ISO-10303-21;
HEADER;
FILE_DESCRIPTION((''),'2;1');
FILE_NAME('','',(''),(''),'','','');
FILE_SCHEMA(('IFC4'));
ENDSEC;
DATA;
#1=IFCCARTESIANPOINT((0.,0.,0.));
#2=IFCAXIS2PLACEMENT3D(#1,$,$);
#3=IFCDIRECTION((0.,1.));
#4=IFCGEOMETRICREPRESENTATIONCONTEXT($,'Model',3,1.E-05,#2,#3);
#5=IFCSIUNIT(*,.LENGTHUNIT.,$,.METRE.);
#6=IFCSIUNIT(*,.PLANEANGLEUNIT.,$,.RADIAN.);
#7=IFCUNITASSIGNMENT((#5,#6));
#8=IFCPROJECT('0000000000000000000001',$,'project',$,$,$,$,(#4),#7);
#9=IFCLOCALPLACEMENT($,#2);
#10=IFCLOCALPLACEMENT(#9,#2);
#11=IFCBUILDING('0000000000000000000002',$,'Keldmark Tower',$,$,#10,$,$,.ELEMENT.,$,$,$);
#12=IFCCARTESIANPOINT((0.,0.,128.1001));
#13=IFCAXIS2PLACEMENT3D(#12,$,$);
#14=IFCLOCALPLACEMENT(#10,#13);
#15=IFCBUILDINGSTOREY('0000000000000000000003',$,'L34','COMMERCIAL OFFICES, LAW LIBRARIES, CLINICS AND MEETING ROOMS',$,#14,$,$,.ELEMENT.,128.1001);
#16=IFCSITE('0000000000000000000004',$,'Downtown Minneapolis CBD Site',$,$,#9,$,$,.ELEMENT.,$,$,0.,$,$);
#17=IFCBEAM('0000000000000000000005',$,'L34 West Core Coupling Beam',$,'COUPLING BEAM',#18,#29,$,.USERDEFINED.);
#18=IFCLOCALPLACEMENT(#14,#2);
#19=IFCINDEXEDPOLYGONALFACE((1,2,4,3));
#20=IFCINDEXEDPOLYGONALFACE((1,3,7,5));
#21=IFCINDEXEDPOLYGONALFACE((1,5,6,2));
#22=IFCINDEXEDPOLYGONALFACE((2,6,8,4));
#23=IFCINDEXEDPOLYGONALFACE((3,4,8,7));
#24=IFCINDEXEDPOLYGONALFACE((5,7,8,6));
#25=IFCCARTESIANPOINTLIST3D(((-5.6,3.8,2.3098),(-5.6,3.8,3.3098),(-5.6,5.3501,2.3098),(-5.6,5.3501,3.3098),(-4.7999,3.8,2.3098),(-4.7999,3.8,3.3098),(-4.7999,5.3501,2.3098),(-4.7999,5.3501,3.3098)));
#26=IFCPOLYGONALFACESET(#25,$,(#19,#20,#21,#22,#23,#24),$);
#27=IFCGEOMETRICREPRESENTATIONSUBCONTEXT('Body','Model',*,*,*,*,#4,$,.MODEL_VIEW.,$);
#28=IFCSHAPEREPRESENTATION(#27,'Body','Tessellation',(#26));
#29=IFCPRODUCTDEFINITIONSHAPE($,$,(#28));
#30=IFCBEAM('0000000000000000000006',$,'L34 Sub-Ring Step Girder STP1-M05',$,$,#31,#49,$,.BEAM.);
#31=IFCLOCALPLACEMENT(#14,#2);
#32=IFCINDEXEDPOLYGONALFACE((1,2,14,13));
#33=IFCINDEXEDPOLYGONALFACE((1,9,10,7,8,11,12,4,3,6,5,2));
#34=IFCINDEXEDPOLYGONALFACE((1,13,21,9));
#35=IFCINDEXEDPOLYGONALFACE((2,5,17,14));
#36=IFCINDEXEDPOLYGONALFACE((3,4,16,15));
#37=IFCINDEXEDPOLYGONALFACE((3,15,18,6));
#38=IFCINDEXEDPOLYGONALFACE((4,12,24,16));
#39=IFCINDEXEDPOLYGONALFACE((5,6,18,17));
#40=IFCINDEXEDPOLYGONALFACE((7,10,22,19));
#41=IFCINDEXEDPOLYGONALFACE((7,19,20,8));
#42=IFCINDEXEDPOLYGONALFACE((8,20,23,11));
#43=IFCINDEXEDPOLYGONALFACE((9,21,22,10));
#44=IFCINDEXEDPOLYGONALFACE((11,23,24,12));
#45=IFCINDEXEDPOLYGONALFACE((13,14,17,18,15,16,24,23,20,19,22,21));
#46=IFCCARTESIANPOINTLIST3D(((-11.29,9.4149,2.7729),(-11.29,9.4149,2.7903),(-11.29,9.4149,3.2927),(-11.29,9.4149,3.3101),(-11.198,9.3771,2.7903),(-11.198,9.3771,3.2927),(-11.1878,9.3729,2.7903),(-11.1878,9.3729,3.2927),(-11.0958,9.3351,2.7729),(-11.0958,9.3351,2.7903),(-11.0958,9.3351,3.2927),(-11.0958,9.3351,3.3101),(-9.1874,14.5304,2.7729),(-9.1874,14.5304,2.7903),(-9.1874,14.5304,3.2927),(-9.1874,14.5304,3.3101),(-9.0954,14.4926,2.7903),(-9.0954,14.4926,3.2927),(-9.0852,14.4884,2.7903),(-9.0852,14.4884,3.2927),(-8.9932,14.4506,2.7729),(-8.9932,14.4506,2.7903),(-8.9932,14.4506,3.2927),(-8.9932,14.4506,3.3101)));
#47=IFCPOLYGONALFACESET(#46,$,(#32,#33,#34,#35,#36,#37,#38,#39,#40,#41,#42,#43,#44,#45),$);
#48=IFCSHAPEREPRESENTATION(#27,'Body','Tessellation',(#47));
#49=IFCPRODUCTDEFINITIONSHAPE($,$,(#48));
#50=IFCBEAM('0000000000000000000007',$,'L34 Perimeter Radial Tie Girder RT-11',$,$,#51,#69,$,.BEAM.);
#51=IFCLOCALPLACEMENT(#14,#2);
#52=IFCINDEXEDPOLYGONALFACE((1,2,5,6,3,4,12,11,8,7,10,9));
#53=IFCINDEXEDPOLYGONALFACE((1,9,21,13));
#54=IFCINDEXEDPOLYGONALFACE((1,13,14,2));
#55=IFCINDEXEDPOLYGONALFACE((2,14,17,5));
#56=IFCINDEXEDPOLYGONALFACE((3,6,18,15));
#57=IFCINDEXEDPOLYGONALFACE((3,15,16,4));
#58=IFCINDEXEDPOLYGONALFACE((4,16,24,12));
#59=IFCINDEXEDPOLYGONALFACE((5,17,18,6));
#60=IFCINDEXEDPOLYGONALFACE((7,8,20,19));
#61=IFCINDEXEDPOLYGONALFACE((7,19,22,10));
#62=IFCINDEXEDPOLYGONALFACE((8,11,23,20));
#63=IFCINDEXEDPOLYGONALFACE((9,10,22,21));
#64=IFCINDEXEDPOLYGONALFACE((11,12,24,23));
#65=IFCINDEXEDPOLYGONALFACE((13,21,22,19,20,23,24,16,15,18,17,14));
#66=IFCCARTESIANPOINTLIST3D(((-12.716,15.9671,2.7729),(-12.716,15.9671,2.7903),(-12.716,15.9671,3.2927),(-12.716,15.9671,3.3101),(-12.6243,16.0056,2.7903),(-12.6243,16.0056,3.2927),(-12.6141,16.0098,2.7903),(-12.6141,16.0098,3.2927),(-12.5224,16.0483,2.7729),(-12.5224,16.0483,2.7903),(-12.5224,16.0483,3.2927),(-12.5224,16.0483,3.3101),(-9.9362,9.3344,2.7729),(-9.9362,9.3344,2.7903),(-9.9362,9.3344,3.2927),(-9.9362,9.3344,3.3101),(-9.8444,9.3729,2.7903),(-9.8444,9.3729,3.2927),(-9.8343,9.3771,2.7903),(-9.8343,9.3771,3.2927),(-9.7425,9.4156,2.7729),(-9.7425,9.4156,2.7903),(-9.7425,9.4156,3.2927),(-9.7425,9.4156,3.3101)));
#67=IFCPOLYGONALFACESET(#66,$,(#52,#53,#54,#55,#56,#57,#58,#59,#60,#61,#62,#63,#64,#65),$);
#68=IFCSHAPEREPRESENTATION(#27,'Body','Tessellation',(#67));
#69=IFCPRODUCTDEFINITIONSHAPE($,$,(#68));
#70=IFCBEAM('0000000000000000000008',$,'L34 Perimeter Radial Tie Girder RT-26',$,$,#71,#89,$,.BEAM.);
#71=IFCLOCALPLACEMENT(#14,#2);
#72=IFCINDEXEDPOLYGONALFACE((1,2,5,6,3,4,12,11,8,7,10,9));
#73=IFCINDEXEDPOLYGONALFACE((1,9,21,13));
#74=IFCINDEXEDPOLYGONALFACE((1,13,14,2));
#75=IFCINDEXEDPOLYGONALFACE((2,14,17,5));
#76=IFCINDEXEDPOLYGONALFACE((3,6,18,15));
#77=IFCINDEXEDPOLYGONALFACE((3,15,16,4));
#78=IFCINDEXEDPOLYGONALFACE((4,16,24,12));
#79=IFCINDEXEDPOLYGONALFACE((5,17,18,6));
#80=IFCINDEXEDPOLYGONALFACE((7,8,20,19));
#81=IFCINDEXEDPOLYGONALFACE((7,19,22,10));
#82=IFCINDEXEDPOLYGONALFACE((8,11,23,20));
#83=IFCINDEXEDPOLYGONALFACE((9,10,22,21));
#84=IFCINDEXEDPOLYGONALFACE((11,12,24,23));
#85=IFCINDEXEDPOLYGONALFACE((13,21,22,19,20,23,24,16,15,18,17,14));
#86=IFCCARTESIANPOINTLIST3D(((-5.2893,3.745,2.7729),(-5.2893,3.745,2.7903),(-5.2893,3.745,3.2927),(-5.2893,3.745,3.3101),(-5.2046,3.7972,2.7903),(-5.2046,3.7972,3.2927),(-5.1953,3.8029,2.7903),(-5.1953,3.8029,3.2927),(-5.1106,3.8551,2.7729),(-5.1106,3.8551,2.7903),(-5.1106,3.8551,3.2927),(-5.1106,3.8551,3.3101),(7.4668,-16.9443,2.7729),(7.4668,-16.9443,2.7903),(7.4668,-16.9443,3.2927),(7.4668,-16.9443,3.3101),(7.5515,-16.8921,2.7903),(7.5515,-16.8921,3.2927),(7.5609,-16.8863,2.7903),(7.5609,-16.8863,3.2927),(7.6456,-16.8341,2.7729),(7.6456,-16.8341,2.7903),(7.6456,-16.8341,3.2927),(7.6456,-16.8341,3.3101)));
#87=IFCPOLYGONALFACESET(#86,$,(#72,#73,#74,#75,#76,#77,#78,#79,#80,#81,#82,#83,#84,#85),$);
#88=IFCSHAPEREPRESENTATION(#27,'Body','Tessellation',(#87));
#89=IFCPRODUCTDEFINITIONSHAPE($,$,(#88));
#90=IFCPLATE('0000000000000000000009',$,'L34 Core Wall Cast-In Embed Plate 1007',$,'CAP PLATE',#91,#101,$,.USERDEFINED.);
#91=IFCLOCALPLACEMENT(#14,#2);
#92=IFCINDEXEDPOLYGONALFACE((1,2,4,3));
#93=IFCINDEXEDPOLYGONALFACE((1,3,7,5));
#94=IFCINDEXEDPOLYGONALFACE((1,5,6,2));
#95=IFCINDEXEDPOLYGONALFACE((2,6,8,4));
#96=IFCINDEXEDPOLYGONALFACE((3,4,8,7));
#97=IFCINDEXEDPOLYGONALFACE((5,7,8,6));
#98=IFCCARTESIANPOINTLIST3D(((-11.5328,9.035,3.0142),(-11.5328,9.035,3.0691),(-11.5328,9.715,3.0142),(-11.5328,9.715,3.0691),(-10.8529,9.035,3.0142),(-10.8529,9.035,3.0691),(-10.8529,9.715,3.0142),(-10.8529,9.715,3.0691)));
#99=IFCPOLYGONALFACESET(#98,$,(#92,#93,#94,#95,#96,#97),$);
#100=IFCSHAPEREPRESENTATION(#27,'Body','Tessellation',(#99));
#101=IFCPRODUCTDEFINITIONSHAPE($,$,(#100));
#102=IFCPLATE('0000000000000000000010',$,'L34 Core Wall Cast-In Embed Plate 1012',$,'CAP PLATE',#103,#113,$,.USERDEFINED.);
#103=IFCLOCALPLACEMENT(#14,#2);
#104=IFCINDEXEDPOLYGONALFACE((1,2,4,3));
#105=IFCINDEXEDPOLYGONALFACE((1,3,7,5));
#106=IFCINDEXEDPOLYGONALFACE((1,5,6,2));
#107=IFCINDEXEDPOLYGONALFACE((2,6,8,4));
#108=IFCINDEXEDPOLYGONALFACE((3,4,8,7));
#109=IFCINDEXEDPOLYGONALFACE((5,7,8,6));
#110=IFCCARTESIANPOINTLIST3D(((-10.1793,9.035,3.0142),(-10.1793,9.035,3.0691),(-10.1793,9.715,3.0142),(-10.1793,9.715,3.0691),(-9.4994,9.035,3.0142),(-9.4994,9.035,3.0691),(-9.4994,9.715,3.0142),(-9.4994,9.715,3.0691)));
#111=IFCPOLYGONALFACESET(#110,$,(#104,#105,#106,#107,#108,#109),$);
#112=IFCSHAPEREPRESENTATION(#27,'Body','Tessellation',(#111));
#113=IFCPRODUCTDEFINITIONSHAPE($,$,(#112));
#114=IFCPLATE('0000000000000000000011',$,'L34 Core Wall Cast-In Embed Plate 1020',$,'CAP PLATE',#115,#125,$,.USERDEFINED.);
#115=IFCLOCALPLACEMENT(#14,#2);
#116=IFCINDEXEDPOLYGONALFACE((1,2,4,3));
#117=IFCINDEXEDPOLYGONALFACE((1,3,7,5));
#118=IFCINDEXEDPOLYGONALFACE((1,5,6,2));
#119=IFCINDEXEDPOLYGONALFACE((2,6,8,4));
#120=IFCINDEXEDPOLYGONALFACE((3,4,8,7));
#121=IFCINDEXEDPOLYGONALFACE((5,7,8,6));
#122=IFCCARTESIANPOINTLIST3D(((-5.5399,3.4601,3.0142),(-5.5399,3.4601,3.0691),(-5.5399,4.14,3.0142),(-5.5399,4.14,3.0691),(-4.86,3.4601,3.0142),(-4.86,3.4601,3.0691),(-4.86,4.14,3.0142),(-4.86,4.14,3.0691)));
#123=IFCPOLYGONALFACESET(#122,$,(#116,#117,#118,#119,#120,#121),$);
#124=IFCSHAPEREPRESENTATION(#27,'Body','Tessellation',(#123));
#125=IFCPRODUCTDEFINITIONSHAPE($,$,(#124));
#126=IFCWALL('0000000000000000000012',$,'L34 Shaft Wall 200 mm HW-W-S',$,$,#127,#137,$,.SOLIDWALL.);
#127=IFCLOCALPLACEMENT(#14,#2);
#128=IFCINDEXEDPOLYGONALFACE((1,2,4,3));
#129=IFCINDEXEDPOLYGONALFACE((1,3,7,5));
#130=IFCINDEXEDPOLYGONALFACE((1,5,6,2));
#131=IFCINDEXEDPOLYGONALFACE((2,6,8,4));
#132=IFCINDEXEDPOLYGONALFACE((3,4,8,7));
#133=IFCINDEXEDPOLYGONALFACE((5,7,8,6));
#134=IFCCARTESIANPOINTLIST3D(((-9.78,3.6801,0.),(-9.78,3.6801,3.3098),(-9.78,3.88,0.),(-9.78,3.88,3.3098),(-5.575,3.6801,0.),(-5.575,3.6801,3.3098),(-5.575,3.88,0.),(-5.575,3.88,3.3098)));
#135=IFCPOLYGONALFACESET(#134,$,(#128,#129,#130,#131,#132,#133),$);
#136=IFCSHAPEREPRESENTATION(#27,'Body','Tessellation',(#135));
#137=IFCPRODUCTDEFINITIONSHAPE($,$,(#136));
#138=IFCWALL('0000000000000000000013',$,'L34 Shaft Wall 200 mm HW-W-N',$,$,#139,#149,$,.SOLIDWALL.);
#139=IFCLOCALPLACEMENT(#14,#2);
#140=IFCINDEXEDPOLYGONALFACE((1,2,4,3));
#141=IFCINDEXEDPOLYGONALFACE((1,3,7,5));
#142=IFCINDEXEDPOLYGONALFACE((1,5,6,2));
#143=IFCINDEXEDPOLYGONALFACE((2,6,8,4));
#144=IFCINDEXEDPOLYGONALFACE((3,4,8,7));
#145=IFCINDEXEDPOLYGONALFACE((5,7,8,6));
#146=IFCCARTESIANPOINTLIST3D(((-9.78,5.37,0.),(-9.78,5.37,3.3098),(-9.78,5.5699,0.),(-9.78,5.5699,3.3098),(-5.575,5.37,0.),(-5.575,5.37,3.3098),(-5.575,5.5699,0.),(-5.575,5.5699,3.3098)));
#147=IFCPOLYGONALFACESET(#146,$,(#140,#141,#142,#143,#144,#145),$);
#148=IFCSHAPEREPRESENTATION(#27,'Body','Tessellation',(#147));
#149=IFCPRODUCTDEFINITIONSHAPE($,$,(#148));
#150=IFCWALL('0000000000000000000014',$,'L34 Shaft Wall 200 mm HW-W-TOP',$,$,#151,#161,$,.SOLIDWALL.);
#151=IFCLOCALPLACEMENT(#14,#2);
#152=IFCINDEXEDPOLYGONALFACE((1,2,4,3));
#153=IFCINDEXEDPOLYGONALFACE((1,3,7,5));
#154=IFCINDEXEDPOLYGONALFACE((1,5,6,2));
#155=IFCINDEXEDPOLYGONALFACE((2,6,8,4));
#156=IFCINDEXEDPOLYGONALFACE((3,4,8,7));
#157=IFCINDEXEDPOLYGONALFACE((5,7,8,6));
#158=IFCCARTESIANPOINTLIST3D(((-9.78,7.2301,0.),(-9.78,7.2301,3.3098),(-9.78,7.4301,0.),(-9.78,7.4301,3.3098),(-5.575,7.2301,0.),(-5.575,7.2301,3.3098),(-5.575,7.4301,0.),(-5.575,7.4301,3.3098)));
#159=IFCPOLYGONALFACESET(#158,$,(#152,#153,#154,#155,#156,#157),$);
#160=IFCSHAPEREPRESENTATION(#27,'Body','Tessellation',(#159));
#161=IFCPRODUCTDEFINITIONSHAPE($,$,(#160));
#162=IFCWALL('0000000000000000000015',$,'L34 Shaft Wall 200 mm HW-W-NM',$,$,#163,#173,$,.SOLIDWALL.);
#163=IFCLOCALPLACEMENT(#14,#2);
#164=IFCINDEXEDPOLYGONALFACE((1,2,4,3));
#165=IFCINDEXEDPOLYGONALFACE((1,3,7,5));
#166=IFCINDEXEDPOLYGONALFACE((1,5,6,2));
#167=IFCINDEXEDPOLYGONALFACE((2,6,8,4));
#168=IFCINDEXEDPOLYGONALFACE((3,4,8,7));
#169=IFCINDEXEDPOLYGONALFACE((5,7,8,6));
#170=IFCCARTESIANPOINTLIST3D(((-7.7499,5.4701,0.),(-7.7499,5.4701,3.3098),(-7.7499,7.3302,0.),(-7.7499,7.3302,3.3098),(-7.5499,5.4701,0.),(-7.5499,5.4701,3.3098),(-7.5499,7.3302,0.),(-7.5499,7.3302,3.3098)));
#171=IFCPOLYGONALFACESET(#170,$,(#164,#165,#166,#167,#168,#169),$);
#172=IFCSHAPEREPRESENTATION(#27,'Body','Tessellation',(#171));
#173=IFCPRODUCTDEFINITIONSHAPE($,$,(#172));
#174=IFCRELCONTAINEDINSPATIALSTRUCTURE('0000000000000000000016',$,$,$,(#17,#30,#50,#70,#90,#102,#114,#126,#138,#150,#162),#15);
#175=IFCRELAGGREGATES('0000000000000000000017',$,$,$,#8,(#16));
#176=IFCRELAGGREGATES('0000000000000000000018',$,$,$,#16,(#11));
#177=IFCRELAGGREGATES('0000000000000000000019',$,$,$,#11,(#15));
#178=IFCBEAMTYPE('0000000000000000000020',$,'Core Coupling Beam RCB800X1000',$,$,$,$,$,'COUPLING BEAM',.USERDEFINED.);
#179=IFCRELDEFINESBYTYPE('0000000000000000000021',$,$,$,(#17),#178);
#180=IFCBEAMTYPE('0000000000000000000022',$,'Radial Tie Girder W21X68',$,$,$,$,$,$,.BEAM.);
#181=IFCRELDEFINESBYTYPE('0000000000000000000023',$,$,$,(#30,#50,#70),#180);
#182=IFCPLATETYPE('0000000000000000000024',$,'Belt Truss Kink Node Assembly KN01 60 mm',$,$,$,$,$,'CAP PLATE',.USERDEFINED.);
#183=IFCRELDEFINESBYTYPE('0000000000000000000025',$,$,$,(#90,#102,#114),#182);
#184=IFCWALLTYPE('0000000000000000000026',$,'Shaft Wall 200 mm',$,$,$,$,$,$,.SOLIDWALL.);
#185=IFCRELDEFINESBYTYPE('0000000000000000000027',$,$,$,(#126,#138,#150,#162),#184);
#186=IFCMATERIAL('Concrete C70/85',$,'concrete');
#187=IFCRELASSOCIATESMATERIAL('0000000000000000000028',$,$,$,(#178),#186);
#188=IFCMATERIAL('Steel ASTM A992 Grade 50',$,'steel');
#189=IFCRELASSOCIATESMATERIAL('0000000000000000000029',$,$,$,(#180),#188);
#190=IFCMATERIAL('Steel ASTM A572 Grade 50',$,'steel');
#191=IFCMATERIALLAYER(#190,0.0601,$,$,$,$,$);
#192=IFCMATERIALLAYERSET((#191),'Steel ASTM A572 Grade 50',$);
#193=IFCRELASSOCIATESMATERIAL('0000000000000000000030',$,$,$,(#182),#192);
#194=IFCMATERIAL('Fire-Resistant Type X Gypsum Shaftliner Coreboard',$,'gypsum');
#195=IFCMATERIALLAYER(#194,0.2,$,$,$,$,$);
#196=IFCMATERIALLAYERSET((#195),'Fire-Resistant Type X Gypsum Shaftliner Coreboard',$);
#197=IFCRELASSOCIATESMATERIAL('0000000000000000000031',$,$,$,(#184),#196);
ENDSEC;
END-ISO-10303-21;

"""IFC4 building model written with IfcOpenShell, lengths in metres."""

from ifc_helpers import new_model, si_unit, direction, frame, frame_2d, origin, origin_2d, place, context, subcontext, project, spatial, rectangle, i_section, extrude, material, layer, layer_set, material_profile, profile_set, type_object, element, save


model = new_model("IFC4")

# Units and contexts
model_context = context("Model", 3, precision=1e-05, world=origin(), true_north=direction((0.0, 1.0)))
body_context = subcontext(model_context, "Body", "Model", "MODEL_VIEW")
ifc_project = project(units=[si_unit("LENGTHUNIT", "METRE"), si_unit("PLANEANGLEUNIT", "RADIAN")], contexts=[model_context])

# Site, building, storey
site_placement = place(None, origin())
site = spatial("IfcSite", under=ifc_project, at=site_placement, Name="Downtown Minneapolis CBD Site", CompositionType="ELEMENT", RefElevation=0.0)
building_placement = place(site_placement, origin())
building = spatial("IfcBuilding", under=site, at=building_placement, Name="Keldmark Tower", CompositionType="ELEMENT")
storey_placement = place(building_placement, frame((0.0, 0.0, 128.1001)))
storey = spatial("IfcBuildingStorey", under=building, at=storey_placement, Name="L34", Description="COMMERCIAL OFFICES, LAW LIBRARIES, CLINICS AND MEETING ROOMS", CompositionType="ELEMENT", Elevation=128.1001)

# Beams
ifc_material_1 = material(Name="Concrete C70/85", Category="concrete")
ifc_material_profile_1 = material_profile(ifc_material_1, rectangle(XDim=0.8, YDim=1.0, at=origin_2d()), Name="RCB800X1000")
ifc_profile_set_1 = profile_set([ifc_material_profile_1], Name="Concrete C70/85")
beam_type_1 = type_object("IfcBeamType", Name="Core Coupling Beam RCB800X1000", ElementType="COUPLING BEAM", PredefinedType="USERDEFINED", material=ifc_profile_set_1)
beam_1_placement = place(storey_placement, frame((-5.2, 3.8, 2.8098), z_axis=(0.0, 1.0, 0.0), x_axis=(-1.0, 0.0, 0.0)))
element("IfcBeam", 1, at=beam_1_placement, inside=storey, type_object=beam_type_1, Name="L34 West Core Coupling Beam", ObjectType="COUPLING BEAM", PredefinedType="USERDEFINED", context=body_context, shape_type="SweptSolid", body=[
    extrude(rectangle(XDim=0.8, YDim=1.0, at=origin_2d()), origin(), (0.0, 0.0, 1.0), 1.55),
])
ifc_material_2 = material(Name="Steel ASTM A992 Grade 50", Category="steel")
ifc_material_profile_2 = material_profile(ifc_material_2, i_section(OverallWidth=0.21, OverallDepth=0.5371, WebThickness=0.011, FlangeThickness=0.0173, at=origin_2d()), Name="W21X68")
ifc_profile_set_2 = profile_set([ifc_material_profile_2], Name="Steel ASTM A992 Grade 50")
beam_type_2 = type_object("IfcBeamType", Name="Radial Tie Girder W21X68", PredefinedType="BEAM", material=ifc_profile_set_2)
beam_2_placement = place(storey_placement, frame((-11.1929, 9.375, 3.0415), z_axis=(0.380157, 0.924922, 0.0), x_axis=(-0.924922, 0.380157, 0.0)))
element("IfcBeam", 2, at=beam_2_placement, inside=storey, type_object=beam_type_2, Name="L34 Sub-Ring Step Girder STP1-M05", PredefinedType="BEAM", context=body_context, shape_type="SweptSolid", body=[
    extrude(i_section(OverallWidth=0.21, OverallDepth=0.5371, WebThickness=0.011, FlangeThickness=0.0173, at=origin_2d()), origin(), (0.0, 0.0, 1.0), 5.5308),
])
beam_3_placement = place(storey_placement, frame((-9.8394, 9.375, 3.0415), z_axis=(-0.386536, 0.922274, 0.0), x_axis=(-0.922274, -0.386536, 0.0)))
element("IfcBeam", 3, at=beam_3_placement, inside=storey, type_object=beam_type_2, Name="L34 Perimeter Radial Tie Girder RT-11", PredefinedType="BEAM", context=body_context, shape_type="SweptSolid", body=[
    extrude(i_section(OverallWidth=0.21, OverallDepth=0.5371, WebThickness=0.011, FlangeThickness=0.0173, at=origin_2d()), origin(), (0.0, 0.0, 1.0), 7.1917),
])
beam_4_placement = place(storey_placement, frame((-5.2, 3.8, 3.0415), z_axis=(0.524822, -0.851212, 0.0), x_axis=(0.851212, 0.524822, 0.0)))
element("IfcBeam", 4, at=beam_4_placement, inside=storey, type_object=beam_type_2, Name="L34 Perimeter Radial Tie Girder RT-26", PredefinedType="BEAM", context=body_context, shape_type="SweptSolid", body=[
    extrude(i_section(OverallWidth=0.21, OverallDepth=0.5371, WebThickness=0.011, FlangeThickness=0.0173, at=origin_2d()), origin(), (0.0, 0.0, 1.0), 24.3057),
])

# Plates
ifc_material_3 = material(Name="Steel ASTM A572 Grade 50", Category="steel")
ifc_layer_1 = layer(ifc_material_3, 0.0601)
ifc_layer_set_1 = layer_set([ifc_layer_1], Name="Steel ASTM A572 Grade 50")
plate_type = type_object("IfcPlateType", Name="Belt Truss Kink Node Assembly KN01 60 mm", ElementType="CAP PLATE", PredefinedType="USERDEFINED", material=ifc_layer_set_1)
for number, where, z_axis, x_axis, name in (
    (5, (-11.1929, 9.375, 3.0142), (0.0, 0.0, 1.0), (1.0, 0.0, 0.0), "L34 Core Wall Cast-In Embed Plate 1007"),
    (6, (-9.8394, 9.375, 3.0142), (0.0, 0.0, 1.0), (1.0, 0.0, 0.0), "L34 Core Wall Cast-In Embed Plate 1012"),
    (7, (-5.2, 3.8, 3.0142), (0.0, 0.0, 1.0), (1.0, 0.0, 0.0), "L34 Core Wall Cast-In Embed Plate 1020"),
):
    element("IfcPlate", number, at=place(storey_placement, frame(where, z_axis=z_axis, x_axis=x_axis)), inside=storey, type_object=plate_type, Name=name, ObjectType="CAP PLATE", PredefinedType="USERDEFINED", context=body_context, shape_type="SweptSolid", body=[
        extrude(rectangle(XDim=0.6799, YDim=0.6799, at=origin_2d()), origin(), (0.0, 0.0, 1.0), 0.0549),
    ])

# Walls
ifc_material_4 = material(Name="Fire-Resistant Type X Gypsum Shaftliner Coreboard", Category="gypsum")
ifc_layer_2 = layer(ifc_material_4, 0.2)
ifc_layer_set_2 = layer_set([ifc_layer_2], Name="Fire-Resistant Type X Gypsum Shaftliner Coreboard")
wall_type = type_object("IfcWallType", Name="Shaft Wall 200 mm", PredefinedType="SOLIDWALL", material=ifc_layer_set_2)
for number, where, z_axis, x_axis, name in (
    (8, (-9.78, 3.78, 0.0), (0.0, 0.0, 1.0), (1.0, 0.0, 0.0), "L34 Shaft Wall 200 mm HW-W-S"),
    (9, (-9.78, 5.47, 0.0), (0.0, 0.0, 1.0), (1.0, 0.0, 0.0), "L34 Shaft Wall 200 mm HW-W-N"),
    (10, (-9.78, 7.3301, 0.0), (0.0, 0.0, 1.0), (1.0, 0.0, 0.0), "L34 Shaft Wall 200 mm HW-W-TOP"),
):
    element("IfcWall", number, at=place(storey_placement, frame(where, z_axis=z_axis, x_axis=x_axis)), inside=storey, type_object=wall_type, Name=name, PredefinedType="SOLIDWALL", context=body_context, shape_type="SweptSolid", body=[
        extrude(rectangle(XDim=4.2051, YDim=0.2, at=frame_2d((2.1025, 0.0))), origin(), (0.0, 0.0, 1.0), 3.3098),
    ])
wall_1_placement = place(storey_placement, frame((-7.6499, 5.47, 0.0), z_axis=(0.0, 0.0, 1.0), x_axis=(0.0, 1.0, 0.0)))
element("IfcWall", 11, at=wall_1_placement, inside=storey, type_object=wall_type, Name="L34 Shaft Wall 200 mm HW-W-NM", PredefinedType="SOLIDWALL", context=body_context, shape_type="SweptSolid", body=[
    extrude(rectangle(XDim=1.8601, YDim=0.2, at=frame_2d((0.9302, 0.0))), origin(), (0.0, 0.0, 1.0), 3.3098),
])

save(model, "model.ifc")
